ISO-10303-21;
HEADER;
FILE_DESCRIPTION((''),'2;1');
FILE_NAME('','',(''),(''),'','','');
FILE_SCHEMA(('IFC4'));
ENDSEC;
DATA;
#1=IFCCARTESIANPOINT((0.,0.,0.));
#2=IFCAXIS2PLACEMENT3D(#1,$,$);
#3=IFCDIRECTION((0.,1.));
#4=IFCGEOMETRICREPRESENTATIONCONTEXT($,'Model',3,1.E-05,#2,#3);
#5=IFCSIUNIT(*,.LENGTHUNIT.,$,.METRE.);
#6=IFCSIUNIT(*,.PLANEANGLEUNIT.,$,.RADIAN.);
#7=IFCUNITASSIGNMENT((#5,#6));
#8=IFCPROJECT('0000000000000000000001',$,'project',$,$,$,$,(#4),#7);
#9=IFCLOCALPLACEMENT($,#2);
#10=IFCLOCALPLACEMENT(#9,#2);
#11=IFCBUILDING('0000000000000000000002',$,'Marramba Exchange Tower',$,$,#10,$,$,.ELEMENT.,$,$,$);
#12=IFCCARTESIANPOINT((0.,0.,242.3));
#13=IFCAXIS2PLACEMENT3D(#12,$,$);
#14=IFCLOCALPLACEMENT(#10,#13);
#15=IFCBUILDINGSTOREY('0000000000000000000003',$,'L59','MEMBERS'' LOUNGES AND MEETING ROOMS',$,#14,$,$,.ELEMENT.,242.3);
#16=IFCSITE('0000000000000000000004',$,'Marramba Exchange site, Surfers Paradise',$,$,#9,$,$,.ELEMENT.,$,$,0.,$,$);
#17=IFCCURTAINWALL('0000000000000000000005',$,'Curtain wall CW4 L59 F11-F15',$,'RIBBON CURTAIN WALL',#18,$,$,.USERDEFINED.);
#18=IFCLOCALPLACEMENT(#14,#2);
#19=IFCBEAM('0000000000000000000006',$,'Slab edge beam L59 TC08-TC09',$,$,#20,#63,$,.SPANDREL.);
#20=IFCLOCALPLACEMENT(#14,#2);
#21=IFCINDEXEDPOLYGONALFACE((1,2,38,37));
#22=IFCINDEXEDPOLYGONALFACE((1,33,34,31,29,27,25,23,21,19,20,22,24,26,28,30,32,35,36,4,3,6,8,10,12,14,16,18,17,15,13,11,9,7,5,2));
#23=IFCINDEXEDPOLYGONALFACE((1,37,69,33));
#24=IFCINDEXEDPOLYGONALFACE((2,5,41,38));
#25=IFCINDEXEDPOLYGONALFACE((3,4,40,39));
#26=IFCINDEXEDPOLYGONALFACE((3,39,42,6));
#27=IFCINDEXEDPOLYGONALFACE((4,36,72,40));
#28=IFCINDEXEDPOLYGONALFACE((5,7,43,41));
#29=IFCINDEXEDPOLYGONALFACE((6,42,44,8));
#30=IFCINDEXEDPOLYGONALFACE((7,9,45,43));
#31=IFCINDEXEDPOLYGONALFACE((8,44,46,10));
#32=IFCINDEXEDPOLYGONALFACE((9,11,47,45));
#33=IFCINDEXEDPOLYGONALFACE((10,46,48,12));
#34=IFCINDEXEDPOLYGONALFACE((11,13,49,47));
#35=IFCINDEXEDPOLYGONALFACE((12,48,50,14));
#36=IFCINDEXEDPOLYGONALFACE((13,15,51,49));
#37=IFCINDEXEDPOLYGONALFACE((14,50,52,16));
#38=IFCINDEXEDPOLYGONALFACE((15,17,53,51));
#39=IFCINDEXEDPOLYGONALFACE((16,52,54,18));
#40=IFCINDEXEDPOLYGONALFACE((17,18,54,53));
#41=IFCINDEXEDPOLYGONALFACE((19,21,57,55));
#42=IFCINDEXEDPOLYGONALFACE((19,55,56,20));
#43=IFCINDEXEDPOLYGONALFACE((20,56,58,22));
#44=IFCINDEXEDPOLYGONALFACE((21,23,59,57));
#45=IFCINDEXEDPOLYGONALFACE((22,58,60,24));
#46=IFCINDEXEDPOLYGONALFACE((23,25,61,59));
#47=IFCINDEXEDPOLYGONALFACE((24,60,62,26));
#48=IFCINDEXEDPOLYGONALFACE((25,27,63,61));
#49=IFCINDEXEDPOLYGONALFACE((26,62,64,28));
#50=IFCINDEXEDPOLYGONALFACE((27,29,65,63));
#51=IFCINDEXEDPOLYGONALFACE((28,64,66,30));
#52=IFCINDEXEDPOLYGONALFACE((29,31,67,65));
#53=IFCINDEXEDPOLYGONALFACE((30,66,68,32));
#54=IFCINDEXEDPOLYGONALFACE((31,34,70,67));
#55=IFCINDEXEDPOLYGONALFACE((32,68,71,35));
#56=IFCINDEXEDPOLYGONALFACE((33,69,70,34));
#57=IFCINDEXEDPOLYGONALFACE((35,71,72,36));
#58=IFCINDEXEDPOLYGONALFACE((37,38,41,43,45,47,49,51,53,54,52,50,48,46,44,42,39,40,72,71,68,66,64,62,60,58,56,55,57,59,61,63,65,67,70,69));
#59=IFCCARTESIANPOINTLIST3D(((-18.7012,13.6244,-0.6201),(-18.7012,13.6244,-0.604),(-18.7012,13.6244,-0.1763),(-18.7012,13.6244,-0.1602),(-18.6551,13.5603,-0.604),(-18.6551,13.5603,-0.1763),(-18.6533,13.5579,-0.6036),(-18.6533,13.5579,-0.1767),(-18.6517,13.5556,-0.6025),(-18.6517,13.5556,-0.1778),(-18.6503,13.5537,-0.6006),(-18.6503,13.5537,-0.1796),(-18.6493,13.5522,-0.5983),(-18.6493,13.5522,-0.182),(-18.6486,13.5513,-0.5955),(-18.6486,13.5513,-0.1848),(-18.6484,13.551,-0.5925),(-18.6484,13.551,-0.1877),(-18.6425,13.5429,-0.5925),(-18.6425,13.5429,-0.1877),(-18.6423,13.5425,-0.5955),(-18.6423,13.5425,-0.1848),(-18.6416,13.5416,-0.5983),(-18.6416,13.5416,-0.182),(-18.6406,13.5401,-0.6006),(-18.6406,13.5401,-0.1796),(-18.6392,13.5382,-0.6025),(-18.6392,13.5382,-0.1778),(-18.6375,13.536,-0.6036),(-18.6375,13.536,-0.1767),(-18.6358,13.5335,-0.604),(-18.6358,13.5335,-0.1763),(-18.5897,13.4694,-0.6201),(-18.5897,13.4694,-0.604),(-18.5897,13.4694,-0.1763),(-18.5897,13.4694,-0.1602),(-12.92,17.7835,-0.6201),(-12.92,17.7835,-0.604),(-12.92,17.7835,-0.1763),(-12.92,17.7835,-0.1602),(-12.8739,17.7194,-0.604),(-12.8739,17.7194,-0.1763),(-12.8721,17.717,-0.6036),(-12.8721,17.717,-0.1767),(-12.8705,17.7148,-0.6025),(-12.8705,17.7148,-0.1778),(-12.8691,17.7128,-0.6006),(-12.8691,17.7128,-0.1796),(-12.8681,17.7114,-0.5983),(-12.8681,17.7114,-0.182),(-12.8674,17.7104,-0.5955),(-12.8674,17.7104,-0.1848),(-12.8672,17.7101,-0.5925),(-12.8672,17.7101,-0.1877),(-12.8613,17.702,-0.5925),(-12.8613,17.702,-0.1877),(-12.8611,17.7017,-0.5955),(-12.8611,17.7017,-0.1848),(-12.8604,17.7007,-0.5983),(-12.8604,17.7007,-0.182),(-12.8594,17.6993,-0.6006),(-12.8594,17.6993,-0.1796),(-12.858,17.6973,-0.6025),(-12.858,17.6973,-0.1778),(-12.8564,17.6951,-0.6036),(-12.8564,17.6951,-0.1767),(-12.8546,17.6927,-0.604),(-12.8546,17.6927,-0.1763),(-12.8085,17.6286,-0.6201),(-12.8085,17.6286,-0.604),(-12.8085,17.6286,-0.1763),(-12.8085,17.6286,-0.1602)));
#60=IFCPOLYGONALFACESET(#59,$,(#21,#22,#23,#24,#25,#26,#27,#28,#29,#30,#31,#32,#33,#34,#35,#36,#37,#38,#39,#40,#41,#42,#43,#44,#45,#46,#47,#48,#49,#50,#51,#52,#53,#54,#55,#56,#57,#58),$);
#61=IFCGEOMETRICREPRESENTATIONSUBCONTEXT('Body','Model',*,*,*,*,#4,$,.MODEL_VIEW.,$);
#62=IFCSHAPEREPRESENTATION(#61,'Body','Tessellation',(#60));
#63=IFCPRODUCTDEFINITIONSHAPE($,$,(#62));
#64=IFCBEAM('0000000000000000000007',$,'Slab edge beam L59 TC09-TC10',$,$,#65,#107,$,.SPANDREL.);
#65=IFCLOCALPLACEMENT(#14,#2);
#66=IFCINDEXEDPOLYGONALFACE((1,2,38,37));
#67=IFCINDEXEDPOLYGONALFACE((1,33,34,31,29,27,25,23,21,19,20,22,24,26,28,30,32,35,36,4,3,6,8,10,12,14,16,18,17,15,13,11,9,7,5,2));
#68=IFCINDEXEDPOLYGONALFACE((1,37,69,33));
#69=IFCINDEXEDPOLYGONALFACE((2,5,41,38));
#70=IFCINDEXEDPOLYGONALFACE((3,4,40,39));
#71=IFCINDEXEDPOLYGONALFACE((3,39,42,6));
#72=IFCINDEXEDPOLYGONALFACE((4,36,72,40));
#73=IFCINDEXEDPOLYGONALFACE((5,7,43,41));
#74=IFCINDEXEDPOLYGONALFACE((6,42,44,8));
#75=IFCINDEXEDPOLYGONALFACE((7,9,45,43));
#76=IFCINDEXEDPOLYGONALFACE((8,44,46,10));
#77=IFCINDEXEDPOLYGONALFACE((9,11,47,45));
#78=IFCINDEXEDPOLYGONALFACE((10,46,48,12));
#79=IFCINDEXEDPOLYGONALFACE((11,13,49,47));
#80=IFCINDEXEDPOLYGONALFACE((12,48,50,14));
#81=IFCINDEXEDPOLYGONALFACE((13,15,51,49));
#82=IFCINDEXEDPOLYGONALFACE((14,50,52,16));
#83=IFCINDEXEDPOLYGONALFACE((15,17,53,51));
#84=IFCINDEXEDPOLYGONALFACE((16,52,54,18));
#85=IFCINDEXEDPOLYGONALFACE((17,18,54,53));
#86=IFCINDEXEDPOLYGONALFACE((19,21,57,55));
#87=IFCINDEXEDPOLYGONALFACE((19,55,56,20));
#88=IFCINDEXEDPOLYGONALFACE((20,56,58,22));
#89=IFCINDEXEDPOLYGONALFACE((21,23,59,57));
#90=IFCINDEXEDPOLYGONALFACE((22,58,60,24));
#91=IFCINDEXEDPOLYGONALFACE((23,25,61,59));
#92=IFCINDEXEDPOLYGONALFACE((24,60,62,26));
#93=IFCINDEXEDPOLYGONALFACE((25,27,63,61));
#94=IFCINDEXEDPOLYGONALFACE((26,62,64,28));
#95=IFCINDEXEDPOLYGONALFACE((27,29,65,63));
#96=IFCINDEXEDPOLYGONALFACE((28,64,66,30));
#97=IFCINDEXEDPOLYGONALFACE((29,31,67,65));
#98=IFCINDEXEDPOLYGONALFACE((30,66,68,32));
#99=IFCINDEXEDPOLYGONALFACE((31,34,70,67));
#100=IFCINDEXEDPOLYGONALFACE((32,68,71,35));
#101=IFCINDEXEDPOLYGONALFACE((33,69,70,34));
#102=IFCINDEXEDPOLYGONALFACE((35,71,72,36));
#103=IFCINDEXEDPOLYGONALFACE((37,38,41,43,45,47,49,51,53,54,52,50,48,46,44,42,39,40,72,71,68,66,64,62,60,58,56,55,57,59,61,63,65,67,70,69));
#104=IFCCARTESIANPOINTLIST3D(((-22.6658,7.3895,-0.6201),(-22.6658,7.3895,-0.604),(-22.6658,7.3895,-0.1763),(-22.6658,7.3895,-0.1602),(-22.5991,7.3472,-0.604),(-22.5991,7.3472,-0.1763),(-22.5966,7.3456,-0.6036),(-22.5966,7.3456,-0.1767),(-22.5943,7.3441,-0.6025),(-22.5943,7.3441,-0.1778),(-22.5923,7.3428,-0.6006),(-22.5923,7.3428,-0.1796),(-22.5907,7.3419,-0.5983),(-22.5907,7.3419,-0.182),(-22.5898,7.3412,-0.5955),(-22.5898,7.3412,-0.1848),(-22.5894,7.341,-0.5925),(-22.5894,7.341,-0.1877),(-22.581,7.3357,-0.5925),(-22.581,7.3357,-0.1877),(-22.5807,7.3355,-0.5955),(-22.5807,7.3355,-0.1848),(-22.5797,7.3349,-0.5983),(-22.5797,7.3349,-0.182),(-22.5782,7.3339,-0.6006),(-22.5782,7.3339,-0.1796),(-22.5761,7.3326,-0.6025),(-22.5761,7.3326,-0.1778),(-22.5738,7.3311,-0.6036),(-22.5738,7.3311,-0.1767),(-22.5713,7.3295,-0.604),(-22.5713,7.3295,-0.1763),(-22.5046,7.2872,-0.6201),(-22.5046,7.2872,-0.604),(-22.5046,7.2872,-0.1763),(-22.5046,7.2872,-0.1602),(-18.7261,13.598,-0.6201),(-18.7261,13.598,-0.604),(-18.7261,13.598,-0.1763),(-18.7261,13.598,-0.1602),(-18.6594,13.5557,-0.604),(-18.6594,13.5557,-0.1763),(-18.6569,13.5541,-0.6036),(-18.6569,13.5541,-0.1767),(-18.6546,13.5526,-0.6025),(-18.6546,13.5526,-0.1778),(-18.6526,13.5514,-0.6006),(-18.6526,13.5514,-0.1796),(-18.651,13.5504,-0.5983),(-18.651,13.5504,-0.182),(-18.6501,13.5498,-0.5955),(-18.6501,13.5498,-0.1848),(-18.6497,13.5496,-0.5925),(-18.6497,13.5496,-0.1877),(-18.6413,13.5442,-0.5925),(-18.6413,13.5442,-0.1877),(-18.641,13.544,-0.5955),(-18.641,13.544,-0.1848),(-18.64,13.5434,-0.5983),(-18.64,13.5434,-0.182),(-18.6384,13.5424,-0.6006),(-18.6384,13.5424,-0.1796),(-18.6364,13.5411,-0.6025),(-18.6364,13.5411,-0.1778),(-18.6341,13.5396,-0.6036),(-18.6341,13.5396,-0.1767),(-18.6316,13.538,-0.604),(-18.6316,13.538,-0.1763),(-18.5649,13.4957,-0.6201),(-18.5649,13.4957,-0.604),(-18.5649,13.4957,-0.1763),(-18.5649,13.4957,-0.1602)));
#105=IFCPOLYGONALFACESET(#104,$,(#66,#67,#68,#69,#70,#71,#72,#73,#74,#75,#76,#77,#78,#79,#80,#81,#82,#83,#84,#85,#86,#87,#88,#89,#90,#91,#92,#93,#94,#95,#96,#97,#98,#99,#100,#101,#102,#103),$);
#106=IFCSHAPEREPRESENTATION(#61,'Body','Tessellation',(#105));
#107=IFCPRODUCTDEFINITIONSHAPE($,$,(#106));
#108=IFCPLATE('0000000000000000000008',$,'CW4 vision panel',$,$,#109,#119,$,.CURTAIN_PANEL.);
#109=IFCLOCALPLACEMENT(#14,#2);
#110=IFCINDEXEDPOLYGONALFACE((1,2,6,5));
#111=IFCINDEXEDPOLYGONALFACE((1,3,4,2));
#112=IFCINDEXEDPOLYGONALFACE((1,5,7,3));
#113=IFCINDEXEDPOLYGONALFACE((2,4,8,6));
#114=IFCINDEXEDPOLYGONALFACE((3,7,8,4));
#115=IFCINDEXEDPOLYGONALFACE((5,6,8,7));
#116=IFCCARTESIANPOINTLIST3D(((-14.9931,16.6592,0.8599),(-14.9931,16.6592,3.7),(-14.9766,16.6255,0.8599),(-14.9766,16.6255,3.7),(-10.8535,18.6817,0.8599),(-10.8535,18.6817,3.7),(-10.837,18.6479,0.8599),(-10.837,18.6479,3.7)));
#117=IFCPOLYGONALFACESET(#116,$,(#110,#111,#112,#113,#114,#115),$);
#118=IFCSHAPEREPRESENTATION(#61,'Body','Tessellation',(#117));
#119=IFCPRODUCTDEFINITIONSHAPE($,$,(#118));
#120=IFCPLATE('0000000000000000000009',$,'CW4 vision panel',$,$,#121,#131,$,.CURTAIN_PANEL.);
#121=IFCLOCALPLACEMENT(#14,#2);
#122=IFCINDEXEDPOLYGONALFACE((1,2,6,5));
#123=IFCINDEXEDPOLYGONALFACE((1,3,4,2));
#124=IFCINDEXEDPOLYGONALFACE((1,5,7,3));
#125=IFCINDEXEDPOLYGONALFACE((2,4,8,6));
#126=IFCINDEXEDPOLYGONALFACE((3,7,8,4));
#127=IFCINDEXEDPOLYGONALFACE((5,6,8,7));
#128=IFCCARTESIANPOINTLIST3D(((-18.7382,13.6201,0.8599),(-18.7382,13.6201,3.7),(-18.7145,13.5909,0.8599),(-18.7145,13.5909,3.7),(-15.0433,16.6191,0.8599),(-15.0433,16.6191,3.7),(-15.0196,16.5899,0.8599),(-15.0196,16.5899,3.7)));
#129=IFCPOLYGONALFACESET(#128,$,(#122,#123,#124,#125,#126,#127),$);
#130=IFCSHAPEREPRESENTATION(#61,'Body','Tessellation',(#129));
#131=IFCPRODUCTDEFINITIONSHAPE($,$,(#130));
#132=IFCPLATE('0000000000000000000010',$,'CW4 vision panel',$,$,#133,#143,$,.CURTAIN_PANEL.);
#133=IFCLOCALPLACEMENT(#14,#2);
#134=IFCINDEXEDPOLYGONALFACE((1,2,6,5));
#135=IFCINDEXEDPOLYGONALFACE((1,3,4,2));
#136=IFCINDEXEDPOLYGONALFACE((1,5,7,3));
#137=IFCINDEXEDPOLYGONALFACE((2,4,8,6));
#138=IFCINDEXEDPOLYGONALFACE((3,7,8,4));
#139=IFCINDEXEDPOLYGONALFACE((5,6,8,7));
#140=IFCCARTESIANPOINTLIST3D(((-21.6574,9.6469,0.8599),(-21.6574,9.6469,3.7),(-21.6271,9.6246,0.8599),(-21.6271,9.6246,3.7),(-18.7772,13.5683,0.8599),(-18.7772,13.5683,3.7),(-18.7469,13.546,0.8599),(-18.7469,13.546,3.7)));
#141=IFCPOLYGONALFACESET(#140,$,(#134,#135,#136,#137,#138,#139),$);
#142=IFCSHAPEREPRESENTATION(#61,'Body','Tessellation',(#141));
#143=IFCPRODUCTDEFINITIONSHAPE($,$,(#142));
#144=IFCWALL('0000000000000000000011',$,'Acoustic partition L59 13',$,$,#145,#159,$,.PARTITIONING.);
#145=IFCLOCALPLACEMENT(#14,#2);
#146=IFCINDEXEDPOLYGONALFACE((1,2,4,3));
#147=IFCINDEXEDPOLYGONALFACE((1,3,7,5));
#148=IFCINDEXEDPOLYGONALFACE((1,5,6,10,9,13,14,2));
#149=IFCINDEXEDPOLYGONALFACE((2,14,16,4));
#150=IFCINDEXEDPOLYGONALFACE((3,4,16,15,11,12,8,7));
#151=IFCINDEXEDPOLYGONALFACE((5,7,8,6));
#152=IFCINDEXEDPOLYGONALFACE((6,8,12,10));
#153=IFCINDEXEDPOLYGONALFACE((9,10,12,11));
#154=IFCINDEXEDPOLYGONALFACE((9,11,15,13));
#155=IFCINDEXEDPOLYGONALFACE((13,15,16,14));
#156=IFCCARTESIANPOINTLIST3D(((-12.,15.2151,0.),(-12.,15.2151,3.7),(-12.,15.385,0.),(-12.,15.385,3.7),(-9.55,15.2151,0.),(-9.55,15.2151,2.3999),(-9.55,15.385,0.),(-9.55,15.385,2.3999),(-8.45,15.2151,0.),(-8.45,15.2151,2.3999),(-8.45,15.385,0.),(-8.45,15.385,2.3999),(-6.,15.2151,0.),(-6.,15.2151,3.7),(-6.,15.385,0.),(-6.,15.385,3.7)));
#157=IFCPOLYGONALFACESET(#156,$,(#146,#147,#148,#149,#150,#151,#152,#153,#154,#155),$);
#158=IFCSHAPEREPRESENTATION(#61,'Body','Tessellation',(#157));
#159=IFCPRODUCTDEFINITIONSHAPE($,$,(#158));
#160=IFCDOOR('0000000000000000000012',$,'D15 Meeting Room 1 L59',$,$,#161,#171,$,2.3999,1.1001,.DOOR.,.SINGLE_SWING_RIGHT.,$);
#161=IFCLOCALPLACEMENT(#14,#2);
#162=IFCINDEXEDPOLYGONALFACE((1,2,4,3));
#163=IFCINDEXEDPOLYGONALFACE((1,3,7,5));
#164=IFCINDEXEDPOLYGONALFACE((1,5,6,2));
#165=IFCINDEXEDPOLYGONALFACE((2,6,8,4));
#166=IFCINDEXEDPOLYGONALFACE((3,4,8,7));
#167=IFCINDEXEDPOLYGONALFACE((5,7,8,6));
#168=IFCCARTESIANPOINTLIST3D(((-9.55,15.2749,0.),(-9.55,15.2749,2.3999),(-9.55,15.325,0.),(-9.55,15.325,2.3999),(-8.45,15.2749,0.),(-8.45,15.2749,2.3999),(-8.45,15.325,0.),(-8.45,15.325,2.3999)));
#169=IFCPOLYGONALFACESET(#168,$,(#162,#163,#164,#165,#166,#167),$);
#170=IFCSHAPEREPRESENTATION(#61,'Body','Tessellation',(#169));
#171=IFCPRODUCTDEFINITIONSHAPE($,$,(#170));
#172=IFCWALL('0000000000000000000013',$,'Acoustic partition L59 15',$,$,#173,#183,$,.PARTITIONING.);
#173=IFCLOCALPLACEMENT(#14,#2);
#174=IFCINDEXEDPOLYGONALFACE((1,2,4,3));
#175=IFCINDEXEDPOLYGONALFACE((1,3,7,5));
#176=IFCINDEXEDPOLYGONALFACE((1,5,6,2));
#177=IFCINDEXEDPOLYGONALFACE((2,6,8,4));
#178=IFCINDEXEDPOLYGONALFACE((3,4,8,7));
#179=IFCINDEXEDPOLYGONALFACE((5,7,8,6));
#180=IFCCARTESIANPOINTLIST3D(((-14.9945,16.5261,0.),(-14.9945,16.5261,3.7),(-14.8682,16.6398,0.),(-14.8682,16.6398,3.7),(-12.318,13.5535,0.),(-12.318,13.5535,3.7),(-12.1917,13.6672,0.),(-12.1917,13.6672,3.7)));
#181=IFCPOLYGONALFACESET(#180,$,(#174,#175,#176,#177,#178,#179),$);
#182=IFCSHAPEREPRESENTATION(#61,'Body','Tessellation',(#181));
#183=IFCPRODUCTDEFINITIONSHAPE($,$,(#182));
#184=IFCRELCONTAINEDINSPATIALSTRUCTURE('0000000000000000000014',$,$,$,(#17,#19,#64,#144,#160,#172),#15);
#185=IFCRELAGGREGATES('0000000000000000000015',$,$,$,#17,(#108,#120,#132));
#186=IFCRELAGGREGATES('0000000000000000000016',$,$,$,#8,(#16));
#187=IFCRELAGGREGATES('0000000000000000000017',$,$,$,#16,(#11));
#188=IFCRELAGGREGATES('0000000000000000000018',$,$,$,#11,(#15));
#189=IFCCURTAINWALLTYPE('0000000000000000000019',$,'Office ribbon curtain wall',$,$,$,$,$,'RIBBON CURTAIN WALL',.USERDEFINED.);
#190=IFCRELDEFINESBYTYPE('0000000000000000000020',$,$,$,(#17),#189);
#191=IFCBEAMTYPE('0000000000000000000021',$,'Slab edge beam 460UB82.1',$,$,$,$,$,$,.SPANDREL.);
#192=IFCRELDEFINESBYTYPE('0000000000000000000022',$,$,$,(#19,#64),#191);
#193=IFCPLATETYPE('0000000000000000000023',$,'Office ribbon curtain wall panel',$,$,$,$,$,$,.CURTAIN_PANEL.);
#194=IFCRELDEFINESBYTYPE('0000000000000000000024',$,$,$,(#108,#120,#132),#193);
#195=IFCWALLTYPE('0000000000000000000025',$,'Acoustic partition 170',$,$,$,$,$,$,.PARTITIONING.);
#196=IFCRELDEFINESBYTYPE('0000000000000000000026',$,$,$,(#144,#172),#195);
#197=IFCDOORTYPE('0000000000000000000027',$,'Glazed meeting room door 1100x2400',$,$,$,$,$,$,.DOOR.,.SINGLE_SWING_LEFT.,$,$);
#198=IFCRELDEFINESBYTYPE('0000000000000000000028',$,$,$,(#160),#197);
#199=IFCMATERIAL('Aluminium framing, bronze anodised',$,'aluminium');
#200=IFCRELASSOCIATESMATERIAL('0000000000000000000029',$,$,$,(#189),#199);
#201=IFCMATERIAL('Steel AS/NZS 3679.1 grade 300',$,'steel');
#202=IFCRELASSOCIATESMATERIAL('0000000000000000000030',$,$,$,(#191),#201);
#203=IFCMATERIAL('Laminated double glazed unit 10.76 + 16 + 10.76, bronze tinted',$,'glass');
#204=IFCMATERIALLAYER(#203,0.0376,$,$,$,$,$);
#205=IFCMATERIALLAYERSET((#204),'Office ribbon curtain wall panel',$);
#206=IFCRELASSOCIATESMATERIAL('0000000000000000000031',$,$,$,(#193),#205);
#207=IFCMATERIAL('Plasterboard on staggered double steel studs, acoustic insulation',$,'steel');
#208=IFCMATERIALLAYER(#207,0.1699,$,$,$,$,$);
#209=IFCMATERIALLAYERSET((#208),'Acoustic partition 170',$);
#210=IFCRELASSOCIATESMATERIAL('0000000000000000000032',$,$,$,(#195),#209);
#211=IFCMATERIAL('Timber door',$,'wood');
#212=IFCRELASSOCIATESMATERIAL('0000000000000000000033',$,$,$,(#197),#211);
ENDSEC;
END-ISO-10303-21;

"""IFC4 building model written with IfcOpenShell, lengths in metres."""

from ifc_helpers import new_model, si_unit, direction, frame, frame_2d, origin, origin_2d, place, context, subcontext, project, spatial, rectangle, i_section, extrude, material, layer, layer_set, material_profile, profile_set, type_object, element, fill, aggregate, save


model = new_model("IFC4")

# Units and contexts
model_context = context("Model", 3, precision=1e-05, world=origin(), true_north=direction((0.0, 1.0)))
body_context = subcontext(model_context, "Body", "Model", "MODEL_VIEW")
ifc_project = project(units=[si_unit("LENGTHUNIT", "METRE"), si_unit("PLANEANGLEUNIT", "RADIAN")], contexts=[model_context])

# Site, building, storey
site_placement = place(None, origin())
site = spatial("IfcSite", under=ifc_project, at=site_placement, Name="Marramba Exchange site, Surfers Paradise", CompositionType="ELEMENT", RefElevation=0.0)
building_placement = place(site_placement, origin())
building = spatial("IfcBuilding", under=site, at=building_placement, Name="Marramba Exchange Tower", CompositionType="ELEMENT")
storey_placement = place(building_placement, frame((0.0, 0.0, 242.3)))
storey = spatial("IfcBuildingStorey", under=building, at=storey_placement, Name="L59", Description="MEMBERS' LOUNGES AND MEETING ROOMS", CompositionType="ELEMENT", Elevation=242.3)

# Shared definitions
ifc_material_1 = material(Name="Steel AS/NZS 3679.1 grade 300", Category="steel")

# Curtain wall
ifc_material_2 = material(Name="Aluminium framing, bronze anodised", Category="aluminium")
curtain_wall_type = type_object("IfcCurtainWallType", Name="Office ribbon curtain wall", ElementType="RIBBON CURTAIN WALL", PredefinedType="USERDEFINED", material=ifc_material_2)
curtain_wall_placement = place(storey_placement, origin())
curtain_wall = element("IfcCurtainWall", 1, at=curtain_wall_placement, inside=storey, type_object=curtain_wall_type, Name="Curtain wall CW4 L59 F11-F15", ObjectType="RIBBON CURTAIN WALL", PredefinedType="USERDEFINED")

# Beams
ifc_material_profile_1 = material_profile(ifc_material_1, i_section(OverallWidth=0.1909, OverallDepth=0.46, WebThickness=0.01, FlangeThickness=0.0161, FilletRadius=0.0115, at=origin_2d()), Name="460UB82.1")
ifc_profile_set_1 = profile_set([ifc_material_profile_1], Name="Steel AS/NZS 3679.1 grade 300")
beam_type_1 = type_object("IfcBeamType", Name="Slab edge beam 460UB82.1", PredefinedType="SPANDREL", material=ifc_profile_set_1)
beam_1_placement = place(storey_placement, frame((-12.8643, 17.7061, -0.3901), z_axis=(-0.811755, -0.583998, 0.0), x_axis=(0.583998, -0.811755, 0.0)))
element("IfcBeam", 2, at=beam_1_placement, inside=storey, type_object=beam_type_1, Name="Slab edge beam L59 TC08-TC09", PredefinedType="SPANDREL", context=body_context, shape_type="SweptSolid", body=[
    extrude(i_section(OverallWidth=0.1909, OverallDepth=0.46, WebThickness=0.01, FlangeThickness=0.0161, FilletRadius=0.0115, at=origin_2d()), origin(), (0.0, 0.0, 1.0), 7.1218),
])
beam_2_placement = place(storey_placement, frame((-18.6455, 13.5469, -0.3901), z_axis=(-0.535794, -0.844348, 0.0), x_axis=(0.844348, -0.535794, 0.0)))
element("IfcBeam", 3, at=beam_2_placement, inside=storey, type_object=beam_type_1, Name="Slab edge beam L59 TC09-TC10", PredefinedType="SPANDREL", context=body_context, shape_type="SweptSolid", body=[
    extrude(i_section(OverallWidth=0.1909, OverallDepth=0.46, WebThickness=0.01, FlangeThickness=0.0161, FilletRadius=0.0115, at=origin_2d()), origin(), (0.0, 0.0, 1.0), 7.353),
])

# Plates
ifc_material_3 = material(Name="Laminated double glazed unit 10.76 + 16 + 10.76, bronze tinted", Category="glass")
ifc_layer_1 = layer(ifc_material_3, 0.0376)
ifc_layer_set_1 = layer_set([ifc_layer_1], Name="Office ribbon curtain wall panel")
plate_type = type_object("IfcPlateType", Name="Office ribbon curtain wall panel", PredefinedType="CURTAIN_PANEL", material=ifc_layer_set_1)
plate_1_placement = place(storey_placement, frame((-12.915, 17.6536, 0.8599), z_axis=(0.0, 0.0, 1.0), x_axis=(-0.898501, -0.438972, 0.0)))
plate_1 = element("IfcPlate", 4, at=plate_1_placement, type_object=plate_type, Name="CW4 vision panel", PredefinedType="CURTAIN_PANEL", context=body_context, shape_type="SweptSolid", body=[
    extrude(rectangle(XDim=4.6072, YDim=0.0376, at=origin_2d()), origin(), (0.0, 0.0, 1.0), 2.8401),
])
plate_2_placement = place(storey_placement, frame((-16.8789, 15.105, 0.8599), z_axis=(0.0, 0.0, 1.0), x_axis=(-0.776432, -0.630201, 0.0)))
plate_2 = element("IfcPlate", 5, at=plate_2_placement, type_object=plate_type, Name="CW4 vision panel", PredefinedType="CURTAIN_PANEL", context=body_context, shape_type="SweptSolid", body=[
    extrude(rectangle(XDim=4.7588, YDim=0.0376, at=origin_2d()), origin(), (0.0, 0.0, 1.0), 2.8401),
])
plate_3_placement = place(storey_placement, frame((-20.2021, 11.5964, 0.8599), z_axis=(0.0, 0.0, 1.0), x_axis=(-0.591963, -0.805965, 0.0)))
plate_3 = element("IfcPlate", 6, at=plate_3_placement, type_object=plate_type, Name="CW4 vision panel", PredefinedType="CURTAIN_PANEL", context=body_context, shape_type="SweptSolid", body=[
    extrude(rectangle(XDim=4.8655, YDim=0.0376, at=origin_2d()), origin(), (0.0, 0.0, 1.0), 2.8401),
])
aggregate(curtain_wall, [plate_1, plate_2, plate_3])

# Wall, opening, door
ifc_material_4 = material(Name="Plasterboard on staggered double steel studs, acoustic insulation", Category="steel")
ifc_layer_2 = layer(ifc_material_4, 0.1699)
ifc_layer_set_2 = layer_set([ifc_layer_2], Name="Acoustic partition 170")
wall_type = type_object("IfcWallType", Name="Acoustic partition 170", PredefinedType="PARTITIONING", material=ifc_layer_set_2)
wall_placement = place(storey_placement, frame((-12.0, 15.3, 0.0), z_axis=(0.0, 0.0, 1.0), x_axis=(1.0, 0.0, 0.0)))
wall = element("IfcWall", 7, at=wall_placement, inside=storey, type_object=wall_type, Name="Acoustic partition L59 13", PredefinedType="PARTITIONING", context=body_context, shape_type="SweptSolid", body=[
    extrude(rectangle(XDim=6.0, YDim=0.1699, at=frame_2d((3.0, 0.0))), origin(), (0.0, 0.0, 1.0), 3.7),
])
opening_placement = place(wall_placement, frame((2.45, 0.0, 0.0)))
opening = element("IfcOpeningElement", 8, at=opening_placement, cuts=wall, PredefinedType="OPENING", context=body_context, shape_type="SweptSolid", body=[
    extrude(rectangle(XDim=1.1001, YDim=2.3999, at=frame_2d((0.55, 1.2))), frame((0.0, 0.095, 0.0), z_axis=(0.0, -1.0, 0.0), x_axis=(1.0, 0.0, 0.0)), (0.0, 0.0, 1.0), 0.1899),
])
ifc_material_5 = material(Name="Timber door", Category="wood")
door_type = type_object("IfcDoorType", Name="Glazed meeting room door 1100x2400", OperationType="SINGLE_SWING_LEFT", PredefinedType="DOOR", material=ifc_material_5)
door_placement = place(opening_placement, frame((1.1001, 0.0, 0.0), z_axis=(0.0, 0.0, 1.0), x_axis=(-1.0, 0.0, 0.0)))
door = element("IfcDoor", 9, at=door_placement, inside=storey, type_object=door_type, Name="D15 Meeting Room 1 L59", OperationType="SINGLE_SWING_RIGHT", OverallHeight=2.3999, OverallWidth=1.1001, PredefinedType="DOOR", context=body_context, shape_type="SweptSolid", body=[
    extrude(rectangle(XDim=1.1001, YDim=2.3999, at=frame_2d((0.55, 1.2))), frame((0.0, 0.0251, 0.0), z_axis=(0.0, -1.0, 0.0), x_axis=(1.0, 0.0, 0.0)), (0.0, 0.0, 1.0), 0.05),
])
fill(opening, door)

# Wall
for number, where, z_axis, x_axis, name in (
    (10, (-12.2549, 13.6104, 0.0), (0.0, 0.0, 1.0), (-0.66912, 0.743155, 0.0), "Acoustic partition L59 15"),
):
    element("IfcWall", number, at=place(storey_placement, frame(where, z_axis=z_axis, x_axis=x_axis)), inside=storey, type_object=wall_type, Name=name, PredefinedType="PARTITIONING", context=body_context, shape_type="SweptSolid", body=[
        extrude(rectangle(XDim=4.0, YDim=0.1699, at=frame_2d((2.0, 0.0))), origin(), (0.0, 0.0, 1.0), 3.7),
    ])

save(model, "model.ifc")
